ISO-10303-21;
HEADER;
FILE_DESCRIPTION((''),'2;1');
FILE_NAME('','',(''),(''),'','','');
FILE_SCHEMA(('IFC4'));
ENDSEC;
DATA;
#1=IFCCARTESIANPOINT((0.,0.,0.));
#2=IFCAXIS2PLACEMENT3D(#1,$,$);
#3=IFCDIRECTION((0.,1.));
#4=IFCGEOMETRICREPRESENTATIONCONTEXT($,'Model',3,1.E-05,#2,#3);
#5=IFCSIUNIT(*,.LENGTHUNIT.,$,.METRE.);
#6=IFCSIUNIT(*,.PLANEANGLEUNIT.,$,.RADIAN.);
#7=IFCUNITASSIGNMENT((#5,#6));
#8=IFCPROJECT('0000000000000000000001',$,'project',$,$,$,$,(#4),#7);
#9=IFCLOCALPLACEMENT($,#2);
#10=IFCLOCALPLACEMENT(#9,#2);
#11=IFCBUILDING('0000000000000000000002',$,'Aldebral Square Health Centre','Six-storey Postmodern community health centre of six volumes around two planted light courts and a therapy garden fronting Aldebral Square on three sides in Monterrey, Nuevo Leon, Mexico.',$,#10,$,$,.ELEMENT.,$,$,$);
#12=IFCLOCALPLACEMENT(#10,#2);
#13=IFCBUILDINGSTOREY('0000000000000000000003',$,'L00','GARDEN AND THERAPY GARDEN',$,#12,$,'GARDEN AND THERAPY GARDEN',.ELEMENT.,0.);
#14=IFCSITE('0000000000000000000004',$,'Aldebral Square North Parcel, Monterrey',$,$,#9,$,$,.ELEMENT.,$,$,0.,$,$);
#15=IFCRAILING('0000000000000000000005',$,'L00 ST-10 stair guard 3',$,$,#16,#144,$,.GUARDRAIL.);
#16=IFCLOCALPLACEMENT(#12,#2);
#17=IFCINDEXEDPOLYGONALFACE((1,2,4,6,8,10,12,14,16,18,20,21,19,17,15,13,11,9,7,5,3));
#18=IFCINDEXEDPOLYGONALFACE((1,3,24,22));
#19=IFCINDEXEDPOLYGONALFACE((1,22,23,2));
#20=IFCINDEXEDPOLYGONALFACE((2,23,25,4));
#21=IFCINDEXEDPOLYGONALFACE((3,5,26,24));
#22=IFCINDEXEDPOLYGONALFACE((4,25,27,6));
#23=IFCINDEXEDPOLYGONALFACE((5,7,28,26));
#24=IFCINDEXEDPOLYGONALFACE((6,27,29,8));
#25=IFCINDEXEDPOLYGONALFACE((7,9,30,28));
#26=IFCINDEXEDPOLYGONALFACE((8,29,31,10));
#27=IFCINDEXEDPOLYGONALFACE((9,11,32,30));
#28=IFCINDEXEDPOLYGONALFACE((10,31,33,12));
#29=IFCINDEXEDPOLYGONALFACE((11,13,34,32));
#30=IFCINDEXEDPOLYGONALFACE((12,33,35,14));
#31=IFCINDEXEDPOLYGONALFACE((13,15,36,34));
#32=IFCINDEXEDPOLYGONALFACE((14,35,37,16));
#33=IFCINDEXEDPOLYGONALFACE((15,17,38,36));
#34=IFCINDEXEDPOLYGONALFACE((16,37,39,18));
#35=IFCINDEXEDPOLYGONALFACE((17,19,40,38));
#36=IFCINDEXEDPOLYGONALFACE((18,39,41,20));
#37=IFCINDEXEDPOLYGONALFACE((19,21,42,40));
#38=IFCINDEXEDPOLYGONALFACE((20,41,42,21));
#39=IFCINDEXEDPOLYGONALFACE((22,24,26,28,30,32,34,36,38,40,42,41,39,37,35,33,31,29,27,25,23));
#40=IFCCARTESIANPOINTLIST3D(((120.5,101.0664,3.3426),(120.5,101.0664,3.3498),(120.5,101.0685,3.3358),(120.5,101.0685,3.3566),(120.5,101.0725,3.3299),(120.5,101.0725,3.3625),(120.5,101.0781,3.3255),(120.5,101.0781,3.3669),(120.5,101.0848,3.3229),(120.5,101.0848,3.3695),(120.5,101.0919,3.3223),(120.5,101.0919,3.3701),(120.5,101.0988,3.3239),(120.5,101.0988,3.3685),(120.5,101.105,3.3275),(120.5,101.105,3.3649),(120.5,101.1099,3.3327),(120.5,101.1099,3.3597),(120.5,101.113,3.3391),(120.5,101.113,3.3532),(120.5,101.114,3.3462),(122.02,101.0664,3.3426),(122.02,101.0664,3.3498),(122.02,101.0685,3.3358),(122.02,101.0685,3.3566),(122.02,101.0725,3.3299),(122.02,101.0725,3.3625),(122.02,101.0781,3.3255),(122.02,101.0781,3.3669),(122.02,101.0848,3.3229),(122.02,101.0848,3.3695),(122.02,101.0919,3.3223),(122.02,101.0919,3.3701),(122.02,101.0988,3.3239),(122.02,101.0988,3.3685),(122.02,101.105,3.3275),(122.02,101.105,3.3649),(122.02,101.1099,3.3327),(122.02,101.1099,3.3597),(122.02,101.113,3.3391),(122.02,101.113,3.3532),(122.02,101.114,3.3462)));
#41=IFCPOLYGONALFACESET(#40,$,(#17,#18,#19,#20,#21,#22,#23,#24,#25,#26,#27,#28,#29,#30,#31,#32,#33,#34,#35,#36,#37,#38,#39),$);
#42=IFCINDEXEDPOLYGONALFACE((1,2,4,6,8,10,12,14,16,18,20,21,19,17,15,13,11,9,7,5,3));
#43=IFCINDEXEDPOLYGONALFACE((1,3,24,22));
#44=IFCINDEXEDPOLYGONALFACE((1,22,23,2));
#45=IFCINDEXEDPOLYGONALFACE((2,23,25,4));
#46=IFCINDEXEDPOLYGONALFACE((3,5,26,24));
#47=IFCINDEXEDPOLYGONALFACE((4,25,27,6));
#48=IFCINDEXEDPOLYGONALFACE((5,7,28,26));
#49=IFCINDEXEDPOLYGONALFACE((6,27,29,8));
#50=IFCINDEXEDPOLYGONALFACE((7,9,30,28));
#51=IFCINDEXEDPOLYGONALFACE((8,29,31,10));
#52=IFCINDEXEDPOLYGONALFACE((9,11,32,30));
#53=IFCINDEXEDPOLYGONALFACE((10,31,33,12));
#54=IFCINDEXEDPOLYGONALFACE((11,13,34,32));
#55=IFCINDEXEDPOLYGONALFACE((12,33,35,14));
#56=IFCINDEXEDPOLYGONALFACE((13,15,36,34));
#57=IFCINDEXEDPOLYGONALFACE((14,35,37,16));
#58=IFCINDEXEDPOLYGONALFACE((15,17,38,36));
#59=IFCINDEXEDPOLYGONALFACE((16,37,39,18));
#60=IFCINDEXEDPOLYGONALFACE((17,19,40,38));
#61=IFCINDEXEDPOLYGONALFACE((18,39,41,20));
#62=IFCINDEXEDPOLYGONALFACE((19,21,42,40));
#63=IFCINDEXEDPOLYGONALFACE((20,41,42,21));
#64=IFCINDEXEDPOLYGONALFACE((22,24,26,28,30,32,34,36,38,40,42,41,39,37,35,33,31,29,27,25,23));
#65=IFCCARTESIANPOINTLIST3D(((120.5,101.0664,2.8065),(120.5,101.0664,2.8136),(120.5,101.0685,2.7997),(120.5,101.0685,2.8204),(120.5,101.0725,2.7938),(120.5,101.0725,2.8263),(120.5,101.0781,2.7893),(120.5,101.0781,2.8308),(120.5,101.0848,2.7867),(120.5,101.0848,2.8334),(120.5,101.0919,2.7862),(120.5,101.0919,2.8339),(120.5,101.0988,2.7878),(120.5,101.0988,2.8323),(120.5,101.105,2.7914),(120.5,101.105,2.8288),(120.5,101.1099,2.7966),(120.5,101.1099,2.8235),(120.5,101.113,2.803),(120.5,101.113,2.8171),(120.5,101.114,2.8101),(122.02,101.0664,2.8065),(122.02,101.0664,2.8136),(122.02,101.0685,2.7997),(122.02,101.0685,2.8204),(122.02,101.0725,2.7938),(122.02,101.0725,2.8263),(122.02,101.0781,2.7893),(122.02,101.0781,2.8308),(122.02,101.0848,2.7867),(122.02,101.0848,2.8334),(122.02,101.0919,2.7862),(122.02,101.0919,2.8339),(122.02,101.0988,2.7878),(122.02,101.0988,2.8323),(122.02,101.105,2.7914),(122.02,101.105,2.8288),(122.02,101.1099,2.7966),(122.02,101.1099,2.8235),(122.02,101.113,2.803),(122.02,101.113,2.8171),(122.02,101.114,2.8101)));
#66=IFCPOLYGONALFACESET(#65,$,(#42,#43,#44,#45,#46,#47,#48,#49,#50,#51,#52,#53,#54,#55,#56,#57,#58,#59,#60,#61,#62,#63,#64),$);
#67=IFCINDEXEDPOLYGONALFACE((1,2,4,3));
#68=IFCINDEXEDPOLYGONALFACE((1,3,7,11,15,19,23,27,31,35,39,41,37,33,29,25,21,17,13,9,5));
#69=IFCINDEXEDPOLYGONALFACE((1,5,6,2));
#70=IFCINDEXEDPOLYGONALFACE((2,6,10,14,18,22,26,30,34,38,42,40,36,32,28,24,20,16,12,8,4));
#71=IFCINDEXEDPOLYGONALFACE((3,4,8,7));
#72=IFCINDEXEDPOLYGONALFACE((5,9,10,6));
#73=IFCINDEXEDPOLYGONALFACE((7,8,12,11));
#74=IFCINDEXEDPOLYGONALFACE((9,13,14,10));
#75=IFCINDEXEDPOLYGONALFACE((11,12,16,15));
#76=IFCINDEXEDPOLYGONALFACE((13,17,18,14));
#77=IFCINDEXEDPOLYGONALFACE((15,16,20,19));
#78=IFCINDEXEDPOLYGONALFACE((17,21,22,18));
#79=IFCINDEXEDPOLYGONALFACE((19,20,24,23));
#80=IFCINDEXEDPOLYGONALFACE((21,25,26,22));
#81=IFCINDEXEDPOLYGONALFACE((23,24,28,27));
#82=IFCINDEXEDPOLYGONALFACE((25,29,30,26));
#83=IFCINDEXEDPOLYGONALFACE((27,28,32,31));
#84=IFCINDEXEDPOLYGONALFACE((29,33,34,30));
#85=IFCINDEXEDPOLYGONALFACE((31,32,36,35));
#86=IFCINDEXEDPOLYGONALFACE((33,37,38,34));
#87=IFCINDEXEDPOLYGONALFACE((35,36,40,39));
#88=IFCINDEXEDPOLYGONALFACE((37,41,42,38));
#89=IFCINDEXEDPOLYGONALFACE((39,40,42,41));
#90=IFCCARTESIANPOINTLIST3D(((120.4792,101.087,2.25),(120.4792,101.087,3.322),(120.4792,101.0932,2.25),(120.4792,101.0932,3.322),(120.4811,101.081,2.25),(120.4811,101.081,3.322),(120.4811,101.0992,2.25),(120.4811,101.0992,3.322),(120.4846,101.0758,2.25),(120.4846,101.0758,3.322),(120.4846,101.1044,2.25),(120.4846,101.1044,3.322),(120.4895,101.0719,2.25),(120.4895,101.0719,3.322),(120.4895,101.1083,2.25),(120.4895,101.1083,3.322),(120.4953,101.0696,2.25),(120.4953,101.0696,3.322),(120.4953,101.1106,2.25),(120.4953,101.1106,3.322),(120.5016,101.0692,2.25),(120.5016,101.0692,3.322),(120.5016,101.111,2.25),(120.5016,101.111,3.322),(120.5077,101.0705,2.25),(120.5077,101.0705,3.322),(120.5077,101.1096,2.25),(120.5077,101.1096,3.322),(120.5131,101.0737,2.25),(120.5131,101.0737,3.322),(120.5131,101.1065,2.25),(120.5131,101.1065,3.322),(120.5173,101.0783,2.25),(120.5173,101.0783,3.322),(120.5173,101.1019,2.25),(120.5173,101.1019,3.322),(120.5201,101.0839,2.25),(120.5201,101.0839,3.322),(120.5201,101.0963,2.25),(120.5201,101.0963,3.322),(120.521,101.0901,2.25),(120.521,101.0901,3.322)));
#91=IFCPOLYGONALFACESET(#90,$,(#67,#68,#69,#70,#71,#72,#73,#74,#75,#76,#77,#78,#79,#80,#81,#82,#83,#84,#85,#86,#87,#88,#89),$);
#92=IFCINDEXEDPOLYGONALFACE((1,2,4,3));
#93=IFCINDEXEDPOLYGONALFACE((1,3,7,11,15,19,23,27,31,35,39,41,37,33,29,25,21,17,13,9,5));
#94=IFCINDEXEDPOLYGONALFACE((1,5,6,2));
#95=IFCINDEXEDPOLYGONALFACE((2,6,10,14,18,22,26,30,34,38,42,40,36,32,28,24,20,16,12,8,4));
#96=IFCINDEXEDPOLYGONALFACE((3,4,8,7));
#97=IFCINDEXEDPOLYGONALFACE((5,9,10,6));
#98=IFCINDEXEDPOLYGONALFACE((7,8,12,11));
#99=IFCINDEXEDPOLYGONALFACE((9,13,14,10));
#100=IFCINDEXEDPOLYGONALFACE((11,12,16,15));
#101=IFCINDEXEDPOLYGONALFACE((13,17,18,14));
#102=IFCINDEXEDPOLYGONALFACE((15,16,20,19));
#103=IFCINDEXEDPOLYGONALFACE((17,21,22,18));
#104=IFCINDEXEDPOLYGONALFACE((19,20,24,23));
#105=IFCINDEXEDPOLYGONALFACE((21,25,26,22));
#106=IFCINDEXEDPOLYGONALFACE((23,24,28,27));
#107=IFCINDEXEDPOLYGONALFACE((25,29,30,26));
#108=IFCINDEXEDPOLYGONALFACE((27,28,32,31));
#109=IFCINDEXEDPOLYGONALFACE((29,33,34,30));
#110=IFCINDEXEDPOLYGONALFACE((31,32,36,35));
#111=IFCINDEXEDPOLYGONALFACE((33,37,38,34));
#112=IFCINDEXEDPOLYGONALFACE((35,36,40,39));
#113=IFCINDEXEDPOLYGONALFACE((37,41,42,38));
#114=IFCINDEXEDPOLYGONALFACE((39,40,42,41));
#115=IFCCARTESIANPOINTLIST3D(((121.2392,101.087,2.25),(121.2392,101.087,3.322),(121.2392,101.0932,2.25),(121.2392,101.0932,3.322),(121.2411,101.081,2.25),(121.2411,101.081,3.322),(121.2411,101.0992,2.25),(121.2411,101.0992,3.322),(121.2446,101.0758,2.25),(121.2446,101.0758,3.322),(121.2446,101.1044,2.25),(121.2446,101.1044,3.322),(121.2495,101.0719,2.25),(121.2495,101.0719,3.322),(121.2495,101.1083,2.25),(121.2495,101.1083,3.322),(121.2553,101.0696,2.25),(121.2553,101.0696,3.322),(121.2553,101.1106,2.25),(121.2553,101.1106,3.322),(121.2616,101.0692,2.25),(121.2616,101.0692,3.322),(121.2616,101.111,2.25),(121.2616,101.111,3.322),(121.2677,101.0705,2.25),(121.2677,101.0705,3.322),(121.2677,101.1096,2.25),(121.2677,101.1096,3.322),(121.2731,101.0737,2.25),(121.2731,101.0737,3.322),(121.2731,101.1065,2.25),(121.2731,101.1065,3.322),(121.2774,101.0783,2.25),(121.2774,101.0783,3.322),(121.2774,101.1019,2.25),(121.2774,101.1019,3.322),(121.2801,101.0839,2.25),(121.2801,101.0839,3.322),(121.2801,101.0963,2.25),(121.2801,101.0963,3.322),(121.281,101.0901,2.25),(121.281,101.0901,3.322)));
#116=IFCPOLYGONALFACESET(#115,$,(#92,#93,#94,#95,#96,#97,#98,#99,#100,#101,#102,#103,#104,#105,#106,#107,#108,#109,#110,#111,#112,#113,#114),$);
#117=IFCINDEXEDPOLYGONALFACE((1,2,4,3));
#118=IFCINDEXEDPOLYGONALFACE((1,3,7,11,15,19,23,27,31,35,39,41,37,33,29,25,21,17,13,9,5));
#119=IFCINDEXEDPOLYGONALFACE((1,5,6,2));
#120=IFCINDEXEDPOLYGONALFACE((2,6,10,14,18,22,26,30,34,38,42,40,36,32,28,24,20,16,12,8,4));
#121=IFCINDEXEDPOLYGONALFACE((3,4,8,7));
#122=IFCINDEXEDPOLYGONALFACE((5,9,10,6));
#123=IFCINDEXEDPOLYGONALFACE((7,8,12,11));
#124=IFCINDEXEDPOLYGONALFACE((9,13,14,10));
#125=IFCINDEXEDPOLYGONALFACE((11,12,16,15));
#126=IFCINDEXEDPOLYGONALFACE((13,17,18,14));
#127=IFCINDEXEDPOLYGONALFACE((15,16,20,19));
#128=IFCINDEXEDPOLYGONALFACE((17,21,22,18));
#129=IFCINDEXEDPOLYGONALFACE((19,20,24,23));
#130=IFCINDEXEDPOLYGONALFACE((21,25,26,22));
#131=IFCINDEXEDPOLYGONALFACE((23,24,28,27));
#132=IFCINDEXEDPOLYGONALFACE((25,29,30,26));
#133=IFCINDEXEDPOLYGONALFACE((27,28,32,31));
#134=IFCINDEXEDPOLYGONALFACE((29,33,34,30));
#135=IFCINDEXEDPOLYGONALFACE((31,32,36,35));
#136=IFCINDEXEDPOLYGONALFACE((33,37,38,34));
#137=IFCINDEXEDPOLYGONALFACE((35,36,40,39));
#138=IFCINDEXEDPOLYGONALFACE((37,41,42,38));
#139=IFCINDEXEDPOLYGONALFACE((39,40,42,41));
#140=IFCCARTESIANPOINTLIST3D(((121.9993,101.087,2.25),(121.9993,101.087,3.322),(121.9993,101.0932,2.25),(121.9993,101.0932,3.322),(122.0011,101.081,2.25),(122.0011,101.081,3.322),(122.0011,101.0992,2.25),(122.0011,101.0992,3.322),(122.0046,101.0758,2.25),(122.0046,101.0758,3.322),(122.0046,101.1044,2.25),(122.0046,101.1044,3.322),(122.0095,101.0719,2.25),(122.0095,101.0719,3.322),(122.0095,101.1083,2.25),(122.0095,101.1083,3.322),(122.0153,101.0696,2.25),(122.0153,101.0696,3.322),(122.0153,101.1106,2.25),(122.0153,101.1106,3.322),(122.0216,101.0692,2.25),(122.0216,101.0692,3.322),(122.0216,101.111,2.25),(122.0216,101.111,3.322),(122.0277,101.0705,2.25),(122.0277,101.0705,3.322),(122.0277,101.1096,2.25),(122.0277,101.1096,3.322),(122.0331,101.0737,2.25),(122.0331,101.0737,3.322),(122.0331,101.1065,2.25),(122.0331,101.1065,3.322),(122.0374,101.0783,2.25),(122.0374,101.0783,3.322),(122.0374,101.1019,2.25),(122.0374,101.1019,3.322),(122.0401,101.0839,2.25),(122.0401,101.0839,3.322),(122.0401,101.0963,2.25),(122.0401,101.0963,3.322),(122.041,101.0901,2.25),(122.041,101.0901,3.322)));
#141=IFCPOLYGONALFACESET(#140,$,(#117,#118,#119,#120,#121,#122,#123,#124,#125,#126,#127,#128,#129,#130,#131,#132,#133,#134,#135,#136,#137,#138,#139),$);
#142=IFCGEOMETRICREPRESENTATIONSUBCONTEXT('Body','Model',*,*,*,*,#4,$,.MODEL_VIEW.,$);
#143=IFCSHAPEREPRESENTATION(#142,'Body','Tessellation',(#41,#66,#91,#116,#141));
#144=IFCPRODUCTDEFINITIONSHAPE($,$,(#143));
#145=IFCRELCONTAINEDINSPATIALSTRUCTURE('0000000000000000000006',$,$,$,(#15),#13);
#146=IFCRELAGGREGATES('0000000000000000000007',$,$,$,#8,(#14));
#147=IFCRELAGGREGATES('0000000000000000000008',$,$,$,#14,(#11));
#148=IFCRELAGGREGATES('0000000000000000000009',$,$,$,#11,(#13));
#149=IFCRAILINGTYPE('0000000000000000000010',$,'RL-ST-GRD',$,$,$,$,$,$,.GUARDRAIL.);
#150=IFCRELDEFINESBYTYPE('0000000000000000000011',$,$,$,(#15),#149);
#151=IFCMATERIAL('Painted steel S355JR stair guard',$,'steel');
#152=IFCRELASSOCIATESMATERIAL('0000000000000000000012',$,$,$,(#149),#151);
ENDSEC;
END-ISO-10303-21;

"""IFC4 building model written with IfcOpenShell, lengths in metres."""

from ifc_helpers import new_model, si_unit, direction, frame, origin, origin_2d, place, context, subcontext, project, spatial, circle, extrude, material, type_object, element, save


model = new_model("IFC4")

# Units and contexts
model_context = context("Model", 3, precision=1e-05, world=origin(), true_north=direction((0.0, 1.0)))
body_context = subcontext(model_context, "Body", "Model", "MODEL_VIEW")
ifc_project = project(units=[si_unit("LENGTHUNIT", "METRE"), si_unit("PLANEANGLEUNIT", "RADIAN")], contexts=[model_context])

# Site, building, storey
site_placement = place(None, origin())
site = spatial("IfcSite", under=ifc_project, at=site_placement, Name="Aldebral Square North Parcel, Monterrey", CompositionType="ELEMENT", RefElevation=0.0)
building_placement = place(site_placement, origin())
building = spatial("IfcBuilding", under=site, at=building_placement, Name="Aldebral Square Health Centre", Description="Six-storey Postmodern community health centre of six volumes around two planted light courts and a therapy garden fronting Aldebral Square on three sides in Monterrey, Nuevo Leon, Mexico.", CompositionType="ELEMENT")
storey_placement = place(building_placement, origin())
storey = spatial("IfcBuildingStorey", under=building, at=storey_placement, Name="L00", Description="GARDEN AND THERAPY GARDEN", LongName="GARDEN AND THERAPY GARDEN", CompositionType="ELEMENT", Elevation=0.0)

# Railing
ifc_material_1 = material(Name="Painted steel S355JR stair guard", Category="steel")
railing_type_1 = type_object("IfcRailingType", Name="RL-ST-GRD", PredefinedType="GUARDRAIL", material=ifc_material_1)
railing_1_placement = place(storey_placement, frame((120.5, 101.0901, 2.25)))
element("IfcRailing", 1, at=railing_1_placement, inside=storey, type_object=railing_type_1, Name="L00 ST-10 stair guard 3", PredefinedType="GUARDRAIL", context=body_context, shape_type="SweptSolid", body=[
    extrude(circle(Radius=0.0239, at=origin_2d()), frame((0.0, 0.0, 1.0962), z_axis=(1.0, 0.0, 0.0), x_axis=(0.0, 1.0, 0.0)), (0.0, 0.0, 1.0), 1.52),
    extrude(circle(Radius=0.0239, at=origin_2d()), frame((0.0, 0.0, 0.5601), z_axis=(1.0, 0.0, 0.0), x_axis=(0.0, 1.0, 0.0)), (0.0, 0.0, 1.0), 1.52),
    extrude(circle(Radius=0.021, at=origin_2d()), origin(), (0.0, 0.0, 1.0), 1.072),
    extrude(circle(Radius=0.021, at=origin_2d()), frame((0.76, 0.0, 0.0)), (0.0, 0.0, 1.0), 1.072),
    extrude(circle(Radius=0.021, at=origin_2d()), frame((1.52, 0.0, 0.0)), (0.0, 0.0, 1.0), 1.072),
])

save(model, "model.ifc")
